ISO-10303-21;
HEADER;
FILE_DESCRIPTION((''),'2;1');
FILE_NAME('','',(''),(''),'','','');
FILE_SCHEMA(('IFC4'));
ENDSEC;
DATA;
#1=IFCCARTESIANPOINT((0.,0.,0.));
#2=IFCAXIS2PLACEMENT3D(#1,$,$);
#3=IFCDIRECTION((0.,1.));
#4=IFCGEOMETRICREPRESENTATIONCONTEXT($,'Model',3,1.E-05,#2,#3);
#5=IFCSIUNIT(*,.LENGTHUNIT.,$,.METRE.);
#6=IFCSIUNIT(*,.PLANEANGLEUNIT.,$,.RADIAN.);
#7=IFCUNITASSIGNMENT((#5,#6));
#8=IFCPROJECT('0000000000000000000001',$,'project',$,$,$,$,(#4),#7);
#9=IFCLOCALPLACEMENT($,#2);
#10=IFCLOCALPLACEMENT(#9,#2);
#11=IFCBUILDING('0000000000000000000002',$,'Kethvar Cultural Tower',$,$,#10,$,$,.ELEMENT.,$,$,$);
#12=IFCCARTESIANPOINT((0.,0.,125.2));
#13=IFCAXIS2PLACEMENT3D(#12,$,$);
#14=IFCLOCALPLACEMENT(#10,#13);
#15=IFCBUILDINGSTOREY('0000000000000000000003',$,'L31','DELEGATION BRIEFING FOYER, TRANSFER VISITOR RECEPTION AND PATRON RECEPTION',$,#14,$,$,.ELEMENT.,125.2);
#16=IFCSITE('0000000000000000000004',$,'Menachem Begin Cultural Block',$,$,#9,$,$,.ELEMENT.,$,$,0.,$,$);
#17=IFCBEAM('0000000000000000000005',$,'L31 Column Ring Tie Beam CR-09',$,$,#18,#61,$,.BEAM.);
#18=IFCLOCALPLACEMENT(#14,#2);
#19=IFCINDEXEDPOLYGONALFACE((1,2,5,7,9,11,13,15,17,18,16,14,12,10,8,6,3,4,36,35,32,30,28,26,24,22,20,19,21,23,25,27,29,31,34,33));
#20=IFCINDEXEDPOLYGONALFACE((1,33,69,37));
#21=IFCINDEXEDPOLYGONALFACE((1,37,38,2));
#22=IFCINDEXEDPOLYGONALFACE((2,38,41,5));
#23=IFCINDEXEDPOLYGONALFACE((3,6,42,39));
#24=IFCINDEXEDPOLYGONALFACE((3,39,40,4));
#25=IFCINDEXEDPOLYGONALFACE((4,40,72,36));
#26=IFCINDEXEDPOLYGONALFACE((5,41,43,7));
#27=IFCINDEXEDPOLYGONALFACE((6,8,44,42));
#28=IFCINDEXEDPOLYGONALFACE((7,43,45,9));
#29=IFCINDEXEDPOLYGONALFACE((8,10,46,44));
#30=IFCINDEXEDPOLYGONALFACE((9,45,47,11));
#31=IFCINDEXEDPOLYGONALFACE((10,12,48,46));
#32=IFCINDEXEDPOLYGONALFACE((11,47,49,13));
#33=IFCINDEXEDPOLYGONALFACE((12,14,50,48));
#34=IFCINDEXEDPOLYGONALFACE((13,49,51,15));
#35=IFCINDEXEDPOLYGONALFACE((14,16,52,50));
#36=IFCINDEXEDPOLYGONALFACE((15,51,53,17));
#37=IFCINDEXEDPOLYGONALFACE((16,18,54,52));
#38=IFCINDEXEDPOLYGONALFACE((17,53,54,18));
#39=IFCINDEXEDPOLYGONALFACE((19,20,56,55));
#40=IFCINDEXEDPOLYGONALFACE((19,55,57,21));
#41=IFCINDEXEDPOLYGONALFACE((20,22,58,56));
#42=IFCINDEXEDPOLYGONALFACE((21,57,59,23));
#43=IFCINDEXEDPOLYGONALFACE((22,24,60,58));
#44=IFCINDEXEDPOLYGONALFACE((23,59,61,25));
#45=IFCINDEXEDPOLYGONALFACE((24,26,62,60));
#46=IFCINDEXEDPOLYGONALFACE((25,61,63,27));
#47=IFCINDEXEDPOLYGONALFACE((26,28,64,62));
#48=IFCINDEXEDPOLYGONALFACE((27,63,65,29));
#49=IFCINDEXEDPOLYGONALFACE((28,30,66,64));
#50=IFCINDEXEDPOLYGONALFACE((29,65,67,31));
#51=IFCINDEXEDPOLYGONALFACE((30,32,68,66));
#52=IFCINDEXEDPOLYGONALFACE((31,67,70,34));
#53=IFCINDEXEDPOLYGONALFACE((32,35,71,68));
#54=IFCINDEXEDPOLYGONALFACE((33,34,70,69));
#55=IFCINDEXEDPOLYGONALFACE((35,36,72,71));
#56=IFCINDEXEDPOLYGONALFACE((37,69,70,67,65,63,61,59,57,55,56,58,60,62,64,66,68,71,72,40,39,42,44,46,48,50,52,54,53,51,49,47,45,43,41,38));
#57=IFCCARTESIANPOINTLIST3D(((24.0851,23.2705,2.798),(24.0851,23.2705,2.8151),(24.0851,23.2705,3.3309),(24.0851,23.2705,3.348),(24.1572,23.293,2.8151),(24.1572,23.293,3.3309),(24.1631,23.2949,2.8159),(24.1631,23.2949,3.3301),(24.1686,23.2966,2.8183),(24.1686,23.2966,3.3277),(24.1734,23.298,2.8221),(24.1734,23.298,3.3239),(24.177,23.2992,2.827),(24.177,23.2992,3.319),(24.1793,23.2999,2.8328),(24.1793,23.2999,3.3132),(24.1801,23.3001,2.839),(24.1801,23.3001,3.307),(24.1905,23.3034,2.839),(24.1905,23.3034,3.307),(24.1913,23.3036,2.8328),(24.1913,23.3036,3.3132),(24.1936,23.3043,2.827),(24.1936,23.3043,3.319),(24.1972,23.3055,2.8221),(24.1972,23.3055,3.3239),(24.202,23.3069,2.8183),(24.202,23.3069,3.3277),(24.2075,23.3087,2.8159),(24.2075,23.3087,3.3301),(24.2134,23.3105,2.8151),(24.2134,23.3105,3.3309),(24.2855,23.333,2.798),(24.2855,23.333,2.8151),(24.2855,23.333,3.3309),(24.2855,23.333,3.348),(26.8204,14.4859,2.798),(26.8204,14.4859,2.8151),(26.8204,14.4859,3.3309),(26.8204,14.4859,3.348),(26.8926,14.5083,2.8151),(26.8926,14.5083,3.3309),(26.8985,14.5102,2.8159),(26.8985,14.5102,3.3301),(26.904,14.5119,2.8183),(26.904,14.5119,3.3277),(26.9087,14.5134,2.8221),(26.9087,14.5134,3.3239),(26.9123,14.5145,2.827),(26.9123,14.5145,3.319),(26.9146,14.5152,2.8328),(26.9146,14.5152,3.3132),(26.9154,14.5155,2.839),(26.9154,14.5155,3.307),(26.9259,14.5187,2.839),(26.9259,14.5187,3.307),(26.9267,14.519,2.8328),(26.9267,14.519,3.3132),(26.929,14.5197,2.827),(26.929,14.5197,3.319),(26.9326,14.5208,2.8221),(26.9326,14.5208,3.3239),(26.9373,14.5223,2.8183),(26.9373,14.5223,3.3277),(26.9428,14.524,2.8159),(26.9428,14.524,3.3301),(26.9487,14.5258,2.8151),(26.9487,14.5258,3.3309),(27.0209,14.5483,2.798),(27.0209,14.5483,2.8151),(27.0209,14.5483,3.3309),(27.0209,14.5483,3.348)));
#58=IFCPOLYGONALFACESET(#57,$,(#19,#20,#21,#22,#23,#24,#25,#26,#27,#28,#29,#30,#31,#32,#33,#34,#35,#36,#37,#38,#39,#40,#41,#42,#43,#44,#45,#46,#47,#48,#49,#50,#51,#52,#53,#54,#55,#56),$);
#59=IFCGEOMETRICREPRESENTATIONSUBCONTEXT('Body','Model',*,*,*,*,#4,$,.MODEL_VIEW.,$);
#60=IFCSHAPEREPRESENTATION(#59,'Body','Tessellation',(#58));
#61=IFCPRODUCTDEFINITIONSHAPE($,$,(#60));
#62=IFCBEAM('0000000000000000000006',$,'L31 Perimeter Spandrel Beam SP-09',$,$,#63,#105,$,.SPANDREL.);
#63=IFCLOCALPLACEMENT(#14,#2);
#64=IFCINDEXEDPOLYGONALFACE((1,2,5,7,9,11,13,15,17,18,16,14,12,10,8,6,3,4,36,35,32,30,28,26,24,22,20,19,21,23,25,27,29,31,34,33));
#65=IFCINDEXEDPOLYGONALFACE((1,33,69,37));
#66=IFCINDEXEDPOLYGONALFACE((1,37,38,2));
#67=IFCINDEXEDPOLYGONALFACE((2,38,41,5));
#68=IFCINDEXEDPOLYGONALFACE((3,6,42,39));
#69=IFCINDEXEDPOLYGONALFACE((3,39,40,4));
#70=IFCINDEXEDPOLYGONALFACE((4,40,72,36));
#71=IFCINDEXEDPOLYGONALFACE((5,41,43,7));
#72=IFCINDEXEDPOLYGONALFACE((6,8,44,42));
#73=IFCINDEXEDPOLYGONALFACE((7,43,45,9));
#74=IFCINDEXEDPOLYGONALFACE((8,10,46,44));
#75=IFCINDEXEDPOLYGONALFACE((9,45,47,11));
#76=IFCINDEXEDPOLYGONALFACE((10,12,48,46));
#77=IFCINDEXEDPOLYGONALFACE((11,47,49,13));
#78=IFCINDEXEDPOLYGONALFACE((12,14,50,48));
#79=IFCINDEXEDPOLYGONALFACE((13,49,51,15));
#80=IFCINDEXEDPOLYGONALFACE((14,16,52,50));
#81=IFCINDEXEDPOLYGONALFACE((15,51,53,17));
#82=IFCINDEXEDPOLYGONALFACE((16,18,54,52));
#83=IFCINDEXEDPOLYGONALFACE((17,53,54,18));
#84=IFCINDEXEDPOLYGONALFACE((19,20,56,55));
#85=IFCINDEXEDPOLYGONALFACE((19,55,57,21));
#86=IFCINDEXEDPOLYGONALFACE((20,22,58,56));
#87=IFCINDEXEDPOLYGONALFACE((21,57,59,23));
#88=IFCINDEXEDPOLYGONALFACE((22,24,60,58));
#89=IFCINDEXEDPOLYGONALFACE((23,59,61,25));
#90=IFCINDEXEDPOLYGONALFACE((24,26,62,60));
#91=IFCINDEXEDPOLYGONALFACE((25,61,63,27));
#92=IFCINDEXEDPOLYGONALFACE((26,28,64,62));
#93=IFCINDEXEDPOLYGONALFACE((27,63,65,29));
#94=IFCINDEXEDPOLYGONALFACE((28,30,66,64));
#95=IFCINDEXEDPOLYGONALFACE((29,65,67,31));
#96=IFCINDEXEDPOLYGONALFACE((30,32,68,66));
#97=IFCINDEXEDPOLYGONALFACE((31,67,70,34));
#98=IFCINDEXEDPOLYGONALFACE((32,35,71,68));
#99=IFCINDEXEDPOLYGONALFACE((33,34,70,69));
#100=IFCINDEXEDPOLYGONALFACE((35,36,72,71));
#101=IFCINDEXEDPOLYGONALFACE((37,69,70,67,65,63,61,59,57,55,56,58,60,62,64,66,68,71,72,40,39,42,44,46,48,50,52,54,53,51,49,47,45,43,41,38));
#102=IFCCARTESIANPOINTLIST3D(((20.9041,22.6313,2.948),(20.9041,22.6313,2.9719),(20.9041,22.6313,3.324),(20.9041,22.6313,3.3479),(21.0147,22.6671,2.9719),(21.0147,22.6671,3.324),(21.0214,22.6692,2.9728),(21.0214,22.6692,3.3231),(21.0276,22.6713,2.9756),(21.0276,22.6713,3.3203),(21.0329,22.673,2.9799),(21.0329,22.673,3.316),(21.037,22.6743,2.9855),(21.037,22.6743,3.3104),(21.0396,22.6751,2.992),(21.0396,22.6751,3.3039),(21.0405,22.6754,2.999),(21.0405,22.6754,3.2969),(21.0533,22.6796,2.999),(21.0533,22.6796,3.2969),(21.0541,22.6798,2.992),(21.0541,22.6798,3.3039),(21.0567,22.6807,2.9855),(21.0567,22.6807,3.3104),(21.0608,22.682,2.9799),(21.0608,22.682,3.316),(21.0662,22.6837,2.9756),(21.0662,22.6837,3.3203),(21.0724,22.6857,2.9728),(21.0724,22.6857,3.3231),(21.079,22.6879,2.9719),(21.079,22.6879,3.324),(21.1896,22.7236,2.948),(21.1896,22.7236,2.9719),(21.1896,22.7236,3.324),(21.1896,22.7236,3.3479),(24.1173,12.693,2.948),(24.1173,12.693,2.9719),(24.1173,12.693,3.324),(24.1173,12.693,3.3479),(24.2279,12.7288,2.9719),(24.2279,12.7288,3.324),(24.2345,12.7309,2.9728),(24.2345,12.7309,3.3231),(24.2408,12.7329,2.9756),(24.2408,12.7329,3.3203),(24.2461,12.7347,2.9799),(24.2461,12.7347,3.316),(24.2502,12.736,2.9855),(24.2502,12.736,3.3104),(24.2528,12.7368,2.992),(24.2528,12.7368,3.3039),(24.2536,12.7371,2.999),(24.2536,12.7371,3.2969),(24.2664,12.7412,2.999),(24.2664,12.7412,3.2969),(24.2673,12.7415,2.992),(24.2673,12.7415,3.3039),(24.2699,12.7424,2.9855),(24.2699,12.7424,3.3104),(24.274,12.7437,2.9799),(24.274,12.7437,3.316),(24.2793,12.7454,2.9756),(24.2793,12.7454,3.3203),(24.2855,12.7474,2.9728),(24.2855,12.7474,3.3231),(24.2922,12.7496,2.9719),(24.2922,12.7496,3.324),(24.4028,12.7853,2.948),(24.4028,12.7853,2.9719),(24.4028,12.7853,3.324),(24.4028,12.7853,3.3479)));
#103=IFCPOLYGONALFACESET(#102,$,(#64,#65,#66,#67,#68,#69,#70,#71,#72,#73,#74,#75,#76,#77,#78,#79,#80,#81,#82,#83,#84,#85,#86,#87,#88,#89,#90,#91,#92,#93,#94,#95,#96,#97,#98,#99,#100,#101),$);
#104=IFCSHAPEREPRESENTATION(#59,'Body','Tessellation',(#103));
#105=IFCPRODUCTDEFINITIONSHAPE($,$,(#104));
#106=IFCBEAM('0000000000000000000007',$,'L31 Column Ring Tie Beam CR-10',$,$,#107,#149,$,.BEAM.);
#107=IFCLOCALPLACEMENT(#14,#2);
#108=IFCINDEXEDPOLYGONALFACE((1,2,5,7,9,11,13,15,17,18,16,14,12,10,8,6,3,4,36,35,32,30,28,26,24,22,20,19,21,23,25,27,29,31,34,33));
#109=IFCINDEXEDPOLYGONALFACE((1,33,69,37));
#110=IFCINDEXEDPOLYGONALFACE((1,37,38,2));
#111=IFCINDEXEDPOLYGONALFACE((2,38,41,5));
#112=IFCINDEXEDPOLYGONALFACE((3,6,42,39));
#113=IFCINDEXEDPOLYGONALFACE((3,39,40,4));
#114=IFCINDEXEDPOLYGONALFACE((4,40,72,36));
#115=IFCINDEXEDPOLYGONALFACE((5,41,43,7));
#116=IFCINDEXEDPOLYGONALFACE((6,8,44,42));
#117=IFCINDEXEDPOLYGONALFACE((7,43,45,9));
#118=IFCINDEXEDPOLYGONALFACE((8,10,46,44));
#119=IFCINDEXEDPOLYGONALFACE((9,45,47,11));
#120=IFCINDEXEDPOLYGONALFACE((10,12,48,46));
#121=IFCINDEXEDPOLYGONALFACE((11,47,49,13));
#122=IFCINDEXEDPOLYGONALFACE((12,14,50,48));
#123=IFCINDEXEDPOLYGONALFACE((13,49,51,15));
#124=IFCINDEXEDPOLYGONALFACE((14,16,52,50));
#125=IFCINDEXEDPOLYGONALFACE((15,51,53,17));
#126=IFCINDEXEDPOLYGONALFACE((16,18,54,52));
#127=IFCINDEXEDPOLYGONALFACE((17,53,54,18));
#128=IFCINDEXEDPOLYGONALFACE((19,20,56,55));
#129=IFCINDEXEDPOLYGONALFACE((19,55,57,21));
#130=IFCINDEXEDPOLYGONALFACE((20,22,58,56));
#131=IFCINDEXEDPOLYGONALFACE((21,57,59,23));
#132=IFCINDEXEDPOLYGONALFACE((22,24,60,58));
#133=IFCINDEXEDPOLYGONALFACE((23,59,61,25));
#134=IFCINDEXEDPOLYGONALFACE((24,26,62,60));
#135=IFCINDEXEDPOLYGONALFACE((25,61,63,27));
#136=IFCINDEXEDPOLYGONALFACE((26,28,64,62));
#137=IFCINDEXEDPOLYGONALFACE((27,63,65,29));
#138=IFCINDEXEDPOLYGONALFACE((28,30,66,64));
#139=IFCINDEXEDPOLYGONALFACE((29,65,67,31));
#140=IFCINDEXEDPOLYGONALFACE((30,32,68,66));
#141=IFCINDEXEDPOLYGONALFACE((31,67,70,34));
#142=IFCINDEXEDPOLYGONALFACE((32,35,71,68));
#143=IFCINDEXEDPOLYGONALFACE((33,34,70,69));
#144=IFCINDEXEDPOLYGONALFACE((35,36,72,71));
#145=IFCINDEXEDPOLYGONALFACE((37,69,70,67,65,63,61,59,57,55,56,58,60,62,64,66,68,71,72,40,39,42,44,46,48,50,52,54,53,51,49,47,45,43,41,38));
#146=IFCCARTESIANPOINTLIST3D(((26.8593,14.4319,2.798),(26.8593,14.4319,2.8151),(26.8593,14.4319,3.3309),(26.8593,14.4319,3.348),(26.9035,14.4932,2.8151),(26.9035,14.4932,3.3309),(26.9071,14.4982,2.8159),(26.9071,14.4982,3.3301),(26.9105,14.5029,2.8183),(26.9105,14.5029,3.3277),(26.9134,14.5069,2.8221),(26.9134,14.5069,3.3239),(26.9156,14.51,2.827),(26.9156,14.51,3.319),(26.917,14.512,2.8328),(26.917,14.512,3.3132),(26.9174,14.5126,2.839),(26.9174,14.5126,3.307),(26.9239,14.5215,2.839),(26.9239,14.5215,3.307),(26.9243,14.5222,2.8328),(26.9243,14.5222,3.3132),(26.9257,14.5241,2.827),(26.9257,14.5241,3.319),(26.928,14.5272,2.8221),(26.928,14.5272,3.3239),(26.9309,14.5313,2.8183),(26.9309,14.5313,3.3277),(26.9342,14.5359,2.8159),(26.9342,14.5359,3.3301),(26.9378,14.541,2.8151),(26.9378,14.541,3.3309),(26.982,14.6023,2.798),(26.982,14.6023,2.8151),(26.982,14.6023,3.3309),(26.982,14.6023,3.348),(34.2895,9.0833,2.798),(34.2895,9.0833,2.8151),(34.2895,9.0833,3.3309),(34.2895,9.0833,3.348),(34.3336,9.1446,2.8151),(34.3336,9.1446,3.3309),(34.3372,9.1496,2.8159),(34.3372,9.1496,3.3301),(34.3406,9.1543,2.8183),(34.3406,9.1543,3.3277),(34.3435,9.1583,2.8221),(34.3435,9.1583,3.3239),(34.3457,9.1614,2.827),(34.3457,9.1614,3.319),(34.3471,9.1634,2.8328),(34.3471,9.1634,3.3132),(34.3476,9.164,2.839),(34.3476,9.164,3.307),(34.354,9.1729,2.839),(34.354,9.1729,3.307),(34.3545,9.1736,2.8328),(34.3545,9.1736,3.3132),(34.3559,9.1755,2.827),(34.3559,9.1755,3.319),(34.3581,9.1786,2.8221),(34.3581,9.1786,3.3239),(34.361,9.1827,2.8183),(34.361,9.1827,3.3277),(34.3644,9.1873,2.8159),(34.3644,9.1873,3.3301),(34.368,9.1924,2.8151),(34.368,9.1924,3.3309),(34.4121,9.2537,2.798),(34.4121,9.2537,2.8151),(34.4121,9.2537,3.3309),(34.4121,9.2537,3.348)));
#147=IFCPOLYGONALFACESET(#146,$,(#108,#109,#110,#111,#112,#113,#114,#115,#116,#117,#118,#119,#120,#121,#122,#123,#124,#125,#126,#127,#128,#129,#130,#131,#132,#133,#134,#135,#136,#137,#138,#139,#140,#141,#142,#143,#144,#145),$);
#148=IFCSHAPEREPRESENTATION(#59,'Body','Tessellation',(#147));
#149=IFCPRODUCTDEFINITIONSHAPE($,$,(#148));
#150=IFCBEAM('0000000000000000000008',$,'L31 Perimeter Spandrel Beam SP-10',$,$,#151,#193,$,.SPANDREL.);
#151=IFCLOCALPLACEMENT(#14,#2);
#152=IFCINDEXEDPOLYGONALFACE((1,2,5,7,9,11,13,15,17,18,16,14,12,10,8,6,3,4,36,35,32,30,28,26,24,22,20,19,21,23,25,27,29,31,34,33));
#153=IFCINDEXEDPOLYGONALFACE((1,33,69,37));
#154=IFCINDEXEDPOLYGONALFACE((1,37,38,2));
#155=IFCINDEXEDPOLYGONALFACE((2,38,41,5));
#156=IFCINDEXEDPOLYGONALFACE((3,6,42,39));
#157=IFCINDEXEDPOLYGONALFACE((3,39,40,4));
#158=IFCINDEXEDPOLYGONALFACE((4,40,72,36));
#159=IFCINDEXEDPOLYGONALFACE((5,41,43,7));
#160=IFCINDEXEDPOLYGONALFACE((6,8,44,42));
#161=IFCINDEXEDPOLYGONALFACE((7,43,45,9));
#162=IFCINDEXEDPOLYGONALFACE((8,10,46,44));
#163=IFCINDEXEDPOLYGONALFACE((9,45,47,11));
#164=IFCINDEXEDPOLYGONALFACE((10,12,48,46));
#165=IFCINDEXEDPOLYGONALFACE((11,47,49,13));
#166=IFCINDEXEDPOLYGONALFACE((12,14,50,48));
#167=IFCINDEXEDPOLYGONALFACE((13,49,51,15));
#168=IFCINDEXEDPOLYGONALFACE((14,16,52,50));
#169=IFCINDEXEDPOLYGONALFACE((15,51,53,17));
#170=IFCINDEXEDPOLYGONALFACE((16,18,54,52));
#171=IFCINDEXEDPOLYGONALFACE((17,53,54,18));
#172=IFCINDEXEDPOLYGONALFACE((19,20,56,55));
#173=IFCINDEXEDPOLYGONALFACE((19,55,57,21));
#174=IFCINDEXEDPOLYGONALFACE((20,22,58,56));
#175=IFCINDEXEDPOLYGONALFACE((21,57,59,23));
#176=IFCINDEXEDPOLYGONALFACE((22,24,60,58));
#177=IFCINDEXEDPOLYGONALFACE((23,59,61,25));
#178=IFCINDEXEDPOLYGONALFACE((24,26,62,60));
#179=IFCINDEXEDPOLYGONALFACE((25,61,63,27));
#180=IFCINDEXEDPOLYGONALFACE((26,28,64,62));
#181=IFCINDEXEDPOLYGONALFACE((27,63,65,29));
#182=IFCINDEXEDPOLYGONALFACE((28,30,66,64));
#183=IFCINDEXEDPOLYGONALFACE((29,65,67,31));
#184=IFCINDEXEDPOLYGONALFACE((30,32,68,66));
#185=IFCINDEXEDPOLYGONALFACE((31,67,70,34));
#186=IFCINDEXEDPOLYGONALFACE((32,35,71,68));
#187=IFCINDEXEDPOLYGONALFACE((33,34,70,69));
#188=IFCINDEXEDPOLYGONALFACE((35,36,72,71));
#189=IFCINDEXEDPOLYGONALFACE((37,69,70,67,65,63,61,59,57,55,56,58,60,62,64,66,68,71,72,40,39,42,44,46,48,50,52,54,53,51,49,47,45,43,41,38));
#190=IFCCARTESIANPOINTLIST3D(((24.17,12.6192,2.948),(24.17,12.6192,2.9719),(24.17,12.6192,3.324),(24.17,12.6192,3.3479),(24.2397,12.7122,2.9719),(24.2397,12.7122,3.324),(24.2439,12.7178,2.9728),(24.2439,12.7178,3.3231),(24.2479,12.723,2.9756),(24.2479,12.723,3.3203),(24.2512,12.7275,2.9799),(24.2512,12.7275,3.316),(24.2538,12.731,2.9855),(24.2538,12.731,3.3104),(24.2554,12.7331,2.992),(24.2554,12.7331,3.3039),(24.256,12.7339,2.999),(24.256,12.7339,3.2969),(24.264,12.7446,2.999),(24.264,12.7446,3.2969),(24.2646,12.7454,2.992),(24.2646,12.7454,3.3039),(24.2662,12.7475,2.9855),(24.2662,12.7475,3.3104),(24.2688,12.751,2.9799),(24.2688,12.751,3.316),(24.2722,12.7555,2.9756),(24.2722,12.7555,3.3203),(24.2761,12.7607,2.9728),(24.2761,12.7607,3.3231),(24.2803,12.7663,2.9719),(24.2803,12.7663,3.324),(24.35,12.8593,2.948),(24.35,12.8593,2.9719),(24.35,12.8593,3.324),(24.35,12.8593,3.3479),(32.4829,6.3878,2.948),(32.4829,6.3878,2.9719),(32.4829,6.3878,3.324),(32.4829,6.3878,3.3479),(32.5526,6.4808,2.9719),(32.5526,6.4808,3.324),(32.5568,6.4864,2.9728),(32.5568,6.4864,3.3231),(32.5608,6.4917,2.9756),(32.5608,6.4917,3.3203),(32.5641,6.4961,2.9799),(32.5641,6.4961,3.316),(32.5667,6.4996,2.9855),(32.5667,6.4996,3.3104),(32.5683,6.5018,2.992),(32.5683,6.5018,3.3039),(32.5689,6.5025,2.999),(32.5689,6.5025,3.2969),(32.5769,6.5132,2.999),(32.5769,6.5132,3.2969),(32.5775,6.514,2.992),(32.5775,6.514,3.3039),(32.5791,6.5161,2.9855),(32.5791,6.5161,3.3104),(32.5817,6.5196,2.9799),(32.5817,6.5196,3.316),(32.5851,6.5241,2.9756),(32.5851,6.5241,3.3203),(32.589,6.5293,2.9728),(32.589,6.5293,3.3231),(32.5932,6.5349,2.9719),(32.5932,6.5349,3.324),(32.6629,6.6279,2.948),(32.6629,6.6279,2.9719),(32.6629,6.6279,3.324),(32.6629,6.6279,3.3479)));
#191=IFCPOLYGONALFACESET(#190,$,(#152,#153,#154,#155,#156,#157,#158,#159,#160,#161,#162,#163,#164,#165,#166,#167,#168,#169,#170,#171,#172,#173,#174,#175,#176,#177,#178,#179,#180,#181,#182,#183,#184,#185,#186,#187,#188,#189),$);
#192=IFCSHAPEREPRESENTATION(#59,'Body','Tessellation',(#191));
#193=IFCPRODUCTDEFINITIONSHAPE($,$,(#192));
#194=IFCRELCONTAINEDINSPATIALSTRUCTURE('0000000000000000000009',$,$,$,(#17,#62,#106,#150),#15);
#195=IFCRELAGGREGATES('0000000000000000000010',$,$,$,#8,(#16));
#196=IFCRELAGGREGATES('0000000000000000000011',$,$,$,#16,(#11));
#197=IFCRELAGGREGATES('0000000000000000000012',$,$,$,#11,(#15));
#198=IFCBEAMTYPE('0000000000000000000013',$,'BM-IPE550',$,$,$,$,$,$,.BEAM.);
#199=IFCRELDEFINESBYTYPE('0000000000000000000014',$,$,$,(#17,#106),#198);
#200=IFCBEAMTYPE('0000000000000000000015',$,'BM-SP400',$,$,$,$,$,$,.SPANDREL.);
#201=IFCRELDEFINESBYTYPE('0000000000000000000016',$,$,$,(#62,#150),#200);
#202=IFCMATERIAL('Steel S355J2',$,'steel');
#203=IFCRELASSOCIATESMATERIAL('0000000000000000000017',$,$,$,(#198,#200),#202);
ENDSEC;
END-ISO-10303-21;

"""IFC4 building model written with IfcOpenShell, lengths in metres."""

from ifc_helpers import new_model, si_unit, direction, frame, origin, origin_2d, place, context, subcontext, project, spatial, i_section, extrude, source, transform, mapped, material, material_profile, profile_set, type_object, element, save


model = new_model("IFC4")

# Units and contexts
model_context = context("Model", 3, precision=1e-05, world=origin(), true_north=direction((0.0, 1.0)))
body_context = subcontext(model_context, "Body", "Model", "MODEL_VIEW")
ifc_project = project(units=[si_unit("LENGTHUNIT", "METRE"), si_unit("PLANEANGLEUNIT", "RADIAN")], contexts=[model_context])

# Site, building, storey
site_placement = place(None, origin())
site = spatial("IfcSite", under=ifc_project, at=site_placement, Name="Menachem Begin Cultural Block", CompositionType="ELEMENT", RefElevation=0.0)
building_placement = place(site_placement, origin())
building = spatial("IfcBuilding", under=site, at=building_placement, Name="Kethvar Cultural Tower", CompositionType="ELEMENT")
storey_placement = place(building_placement, frame((0.0, 0.0, 125.2)))
storey = spatial("IfcBuildingStorey", under=building, at=storey_placement, Name="L31", Description="DELEGATION BRIEFING FOYER, TRANSFER VISITOR RECEPTION AND PATRON RECEPTION", CompositionType="ELEMENT", Elevation=125.2)

# Beams
ifc_material_1 = material(Name="Steel S355J2", Category="steel")
ifc_material_profile_1 = material_profile(ifc_material_1, i_section(OverallWidth=0.21, OverallDepth=0.55, WebThickness=0.011, FlangeThickness=0.0171, FilletRadius=0.0239, at=origin_2d()), Name="Steel S355J2 — IPE550")
ifc_profile_set_1 = profile_set([ifc_material_profile_1], Name="Steel S355J2 — IPE550")
beam_type_1 = type_object("IfcBeamType", Name="BM-IPE550", PredefinedType="BEAM", material=ifc_profile_set_1)
shared_shape_1 = source(origin(), body_context, "Body", "SweptSolid", [
    extrude(i_section(OverallWidth=0.21, OverallDepth=0.55, WebThickness=0.011, FlangeThickness=0.0171, FilletRadius=0.0239, at=origin_2d()), origin(), (0.0, 0.0, 1.0), 9.2007),
])
beam_1_placement = place(storey_placement, frame((24.1853, 23.3018, 3.073), z_axis=(0.297299, -0.954784, 0.0), x_axis=(0.954784, 0.297299, 0.0)))
element("IfcBeam", 1, at=beam_1_placement, inside=storey, type_object=beam_type_1, Name="L31 Column Ring Tie Beam CR-09", PredefinedType="BEAM", context=body_context, shape_type="MappedRepresentation", body=[
    mapped(shared_shape_1, transform((0.0, 0.0, 0.0), scale=1.0)),
])
ifc_material_profile_2 = material_profile(ifc_material_1, i_section(OverallWidth=0.3, OverallDepth=0.3999, WebThickness=0.0134, FlangeThickness=0.0239, FilletRadius=0.0271, at=origin_2d()), Name="Steel S355J2 — HEB400")
ifc_profile_set_2 = profile_set([ifc_material_profile_2], Name="Steel S355J2 — HEB400")
beam_type_2 = type_object("IfcBeamType", Name="BM-SP400", PredefinedType="SPANDREL", material=ifc_profile_set_2)
shared_shape_2 = source(origin(), body_context, "Body", "SweptSolid", [
    extrude(i_section(OverallWidth=0.3, OverallDepth=0.3999, WebThickness=0.0134, FlangeThickness=0.0239, FilletRadius=0.0271, at=origin_2d()), origin(), (0.0, 0.0, 1.0), 10.4448),
])
beam_2_placement = place(storey_placement, frame((21.0469, 22.6775, 3.1479), z_axis=(0.307632, -0.951506, 0.0), x_axis=(0.951506, 0.307632, 0.0)))
element("IfcBeam", 2, at=beam_2_placement, inside=storey, type_object=beam_type_2, Name="L31 Perimeter Spandrel Beam SP-09", PredefinedType="SPANDREL", context=body_context, shape_type="MappedRepresentation", body=[
    mapped(shared_shape_2, transform((0.0, 0.0, 0.0), scale=1.0)),
])
shared_shape_3 = source(origin(), body_context, "Body", "SweptSolid", [
    extrude(i_section(OverallWidth=0.21, OverallDepth=0.55, WebThickness=0.011, FlangeThickness=0.0171, FilletRadius=0.0239, at=origin_2d()), origin(), (0.0, 0.0, 1.0), 9.155),
])
beam_3_placement = place(storey_placement, frame((26.9207, 14.5171, 3.073), z_axis=(0.811591, -0.584226, 0.0), x_axis=(0.584226, 0.811591, 0.0)))
element("IfcBeam", 3, at=beam_3_placement, inside=storey, type_object=beam_type_1, Name="L31 Column Ring Tie Beam CR-10", PredefinedType="BEAM", context=body_context, shape_type="MappedRepresentation", body=[
    mapped(shared_shape_3, transform((0.0, 0.0, 0.0), scale=1.0)),
])
shared_shape_4 = source(origin(), body_context, "Body", "SweptSolid", [
    extrude(i_section(OverallWidth=0.3, OverallDepth=0.3999, WebThickness=0.0134, FlangeThickness=0.0239, FilletRadius=0.0271, at=origin_2d()), origin(), (0.0, 0.0, 1.0), 10.3892),
])
beam_4_placement = place(storey_placement, frame((24.26, 12.7393, 3.1479), z_axis=(0.800152, -0.599797, 0.0), x_axis=(0.599797, 0.800152, 0.0)))
element("IfcBeam", 4, at=beam_4_placement, inside=storey, type_object=beam_type_2, Name="L31 Perimeter Spandrel Beam SP-10", PredefinedType="SPANDREL", context=body_context, shape_type="MappedRepresentation", body=[
    mapped(shared_shape_4, transform((0.0, 0.0, 0.0), scale=1.0)),
])

save(model, "model.ifc")
